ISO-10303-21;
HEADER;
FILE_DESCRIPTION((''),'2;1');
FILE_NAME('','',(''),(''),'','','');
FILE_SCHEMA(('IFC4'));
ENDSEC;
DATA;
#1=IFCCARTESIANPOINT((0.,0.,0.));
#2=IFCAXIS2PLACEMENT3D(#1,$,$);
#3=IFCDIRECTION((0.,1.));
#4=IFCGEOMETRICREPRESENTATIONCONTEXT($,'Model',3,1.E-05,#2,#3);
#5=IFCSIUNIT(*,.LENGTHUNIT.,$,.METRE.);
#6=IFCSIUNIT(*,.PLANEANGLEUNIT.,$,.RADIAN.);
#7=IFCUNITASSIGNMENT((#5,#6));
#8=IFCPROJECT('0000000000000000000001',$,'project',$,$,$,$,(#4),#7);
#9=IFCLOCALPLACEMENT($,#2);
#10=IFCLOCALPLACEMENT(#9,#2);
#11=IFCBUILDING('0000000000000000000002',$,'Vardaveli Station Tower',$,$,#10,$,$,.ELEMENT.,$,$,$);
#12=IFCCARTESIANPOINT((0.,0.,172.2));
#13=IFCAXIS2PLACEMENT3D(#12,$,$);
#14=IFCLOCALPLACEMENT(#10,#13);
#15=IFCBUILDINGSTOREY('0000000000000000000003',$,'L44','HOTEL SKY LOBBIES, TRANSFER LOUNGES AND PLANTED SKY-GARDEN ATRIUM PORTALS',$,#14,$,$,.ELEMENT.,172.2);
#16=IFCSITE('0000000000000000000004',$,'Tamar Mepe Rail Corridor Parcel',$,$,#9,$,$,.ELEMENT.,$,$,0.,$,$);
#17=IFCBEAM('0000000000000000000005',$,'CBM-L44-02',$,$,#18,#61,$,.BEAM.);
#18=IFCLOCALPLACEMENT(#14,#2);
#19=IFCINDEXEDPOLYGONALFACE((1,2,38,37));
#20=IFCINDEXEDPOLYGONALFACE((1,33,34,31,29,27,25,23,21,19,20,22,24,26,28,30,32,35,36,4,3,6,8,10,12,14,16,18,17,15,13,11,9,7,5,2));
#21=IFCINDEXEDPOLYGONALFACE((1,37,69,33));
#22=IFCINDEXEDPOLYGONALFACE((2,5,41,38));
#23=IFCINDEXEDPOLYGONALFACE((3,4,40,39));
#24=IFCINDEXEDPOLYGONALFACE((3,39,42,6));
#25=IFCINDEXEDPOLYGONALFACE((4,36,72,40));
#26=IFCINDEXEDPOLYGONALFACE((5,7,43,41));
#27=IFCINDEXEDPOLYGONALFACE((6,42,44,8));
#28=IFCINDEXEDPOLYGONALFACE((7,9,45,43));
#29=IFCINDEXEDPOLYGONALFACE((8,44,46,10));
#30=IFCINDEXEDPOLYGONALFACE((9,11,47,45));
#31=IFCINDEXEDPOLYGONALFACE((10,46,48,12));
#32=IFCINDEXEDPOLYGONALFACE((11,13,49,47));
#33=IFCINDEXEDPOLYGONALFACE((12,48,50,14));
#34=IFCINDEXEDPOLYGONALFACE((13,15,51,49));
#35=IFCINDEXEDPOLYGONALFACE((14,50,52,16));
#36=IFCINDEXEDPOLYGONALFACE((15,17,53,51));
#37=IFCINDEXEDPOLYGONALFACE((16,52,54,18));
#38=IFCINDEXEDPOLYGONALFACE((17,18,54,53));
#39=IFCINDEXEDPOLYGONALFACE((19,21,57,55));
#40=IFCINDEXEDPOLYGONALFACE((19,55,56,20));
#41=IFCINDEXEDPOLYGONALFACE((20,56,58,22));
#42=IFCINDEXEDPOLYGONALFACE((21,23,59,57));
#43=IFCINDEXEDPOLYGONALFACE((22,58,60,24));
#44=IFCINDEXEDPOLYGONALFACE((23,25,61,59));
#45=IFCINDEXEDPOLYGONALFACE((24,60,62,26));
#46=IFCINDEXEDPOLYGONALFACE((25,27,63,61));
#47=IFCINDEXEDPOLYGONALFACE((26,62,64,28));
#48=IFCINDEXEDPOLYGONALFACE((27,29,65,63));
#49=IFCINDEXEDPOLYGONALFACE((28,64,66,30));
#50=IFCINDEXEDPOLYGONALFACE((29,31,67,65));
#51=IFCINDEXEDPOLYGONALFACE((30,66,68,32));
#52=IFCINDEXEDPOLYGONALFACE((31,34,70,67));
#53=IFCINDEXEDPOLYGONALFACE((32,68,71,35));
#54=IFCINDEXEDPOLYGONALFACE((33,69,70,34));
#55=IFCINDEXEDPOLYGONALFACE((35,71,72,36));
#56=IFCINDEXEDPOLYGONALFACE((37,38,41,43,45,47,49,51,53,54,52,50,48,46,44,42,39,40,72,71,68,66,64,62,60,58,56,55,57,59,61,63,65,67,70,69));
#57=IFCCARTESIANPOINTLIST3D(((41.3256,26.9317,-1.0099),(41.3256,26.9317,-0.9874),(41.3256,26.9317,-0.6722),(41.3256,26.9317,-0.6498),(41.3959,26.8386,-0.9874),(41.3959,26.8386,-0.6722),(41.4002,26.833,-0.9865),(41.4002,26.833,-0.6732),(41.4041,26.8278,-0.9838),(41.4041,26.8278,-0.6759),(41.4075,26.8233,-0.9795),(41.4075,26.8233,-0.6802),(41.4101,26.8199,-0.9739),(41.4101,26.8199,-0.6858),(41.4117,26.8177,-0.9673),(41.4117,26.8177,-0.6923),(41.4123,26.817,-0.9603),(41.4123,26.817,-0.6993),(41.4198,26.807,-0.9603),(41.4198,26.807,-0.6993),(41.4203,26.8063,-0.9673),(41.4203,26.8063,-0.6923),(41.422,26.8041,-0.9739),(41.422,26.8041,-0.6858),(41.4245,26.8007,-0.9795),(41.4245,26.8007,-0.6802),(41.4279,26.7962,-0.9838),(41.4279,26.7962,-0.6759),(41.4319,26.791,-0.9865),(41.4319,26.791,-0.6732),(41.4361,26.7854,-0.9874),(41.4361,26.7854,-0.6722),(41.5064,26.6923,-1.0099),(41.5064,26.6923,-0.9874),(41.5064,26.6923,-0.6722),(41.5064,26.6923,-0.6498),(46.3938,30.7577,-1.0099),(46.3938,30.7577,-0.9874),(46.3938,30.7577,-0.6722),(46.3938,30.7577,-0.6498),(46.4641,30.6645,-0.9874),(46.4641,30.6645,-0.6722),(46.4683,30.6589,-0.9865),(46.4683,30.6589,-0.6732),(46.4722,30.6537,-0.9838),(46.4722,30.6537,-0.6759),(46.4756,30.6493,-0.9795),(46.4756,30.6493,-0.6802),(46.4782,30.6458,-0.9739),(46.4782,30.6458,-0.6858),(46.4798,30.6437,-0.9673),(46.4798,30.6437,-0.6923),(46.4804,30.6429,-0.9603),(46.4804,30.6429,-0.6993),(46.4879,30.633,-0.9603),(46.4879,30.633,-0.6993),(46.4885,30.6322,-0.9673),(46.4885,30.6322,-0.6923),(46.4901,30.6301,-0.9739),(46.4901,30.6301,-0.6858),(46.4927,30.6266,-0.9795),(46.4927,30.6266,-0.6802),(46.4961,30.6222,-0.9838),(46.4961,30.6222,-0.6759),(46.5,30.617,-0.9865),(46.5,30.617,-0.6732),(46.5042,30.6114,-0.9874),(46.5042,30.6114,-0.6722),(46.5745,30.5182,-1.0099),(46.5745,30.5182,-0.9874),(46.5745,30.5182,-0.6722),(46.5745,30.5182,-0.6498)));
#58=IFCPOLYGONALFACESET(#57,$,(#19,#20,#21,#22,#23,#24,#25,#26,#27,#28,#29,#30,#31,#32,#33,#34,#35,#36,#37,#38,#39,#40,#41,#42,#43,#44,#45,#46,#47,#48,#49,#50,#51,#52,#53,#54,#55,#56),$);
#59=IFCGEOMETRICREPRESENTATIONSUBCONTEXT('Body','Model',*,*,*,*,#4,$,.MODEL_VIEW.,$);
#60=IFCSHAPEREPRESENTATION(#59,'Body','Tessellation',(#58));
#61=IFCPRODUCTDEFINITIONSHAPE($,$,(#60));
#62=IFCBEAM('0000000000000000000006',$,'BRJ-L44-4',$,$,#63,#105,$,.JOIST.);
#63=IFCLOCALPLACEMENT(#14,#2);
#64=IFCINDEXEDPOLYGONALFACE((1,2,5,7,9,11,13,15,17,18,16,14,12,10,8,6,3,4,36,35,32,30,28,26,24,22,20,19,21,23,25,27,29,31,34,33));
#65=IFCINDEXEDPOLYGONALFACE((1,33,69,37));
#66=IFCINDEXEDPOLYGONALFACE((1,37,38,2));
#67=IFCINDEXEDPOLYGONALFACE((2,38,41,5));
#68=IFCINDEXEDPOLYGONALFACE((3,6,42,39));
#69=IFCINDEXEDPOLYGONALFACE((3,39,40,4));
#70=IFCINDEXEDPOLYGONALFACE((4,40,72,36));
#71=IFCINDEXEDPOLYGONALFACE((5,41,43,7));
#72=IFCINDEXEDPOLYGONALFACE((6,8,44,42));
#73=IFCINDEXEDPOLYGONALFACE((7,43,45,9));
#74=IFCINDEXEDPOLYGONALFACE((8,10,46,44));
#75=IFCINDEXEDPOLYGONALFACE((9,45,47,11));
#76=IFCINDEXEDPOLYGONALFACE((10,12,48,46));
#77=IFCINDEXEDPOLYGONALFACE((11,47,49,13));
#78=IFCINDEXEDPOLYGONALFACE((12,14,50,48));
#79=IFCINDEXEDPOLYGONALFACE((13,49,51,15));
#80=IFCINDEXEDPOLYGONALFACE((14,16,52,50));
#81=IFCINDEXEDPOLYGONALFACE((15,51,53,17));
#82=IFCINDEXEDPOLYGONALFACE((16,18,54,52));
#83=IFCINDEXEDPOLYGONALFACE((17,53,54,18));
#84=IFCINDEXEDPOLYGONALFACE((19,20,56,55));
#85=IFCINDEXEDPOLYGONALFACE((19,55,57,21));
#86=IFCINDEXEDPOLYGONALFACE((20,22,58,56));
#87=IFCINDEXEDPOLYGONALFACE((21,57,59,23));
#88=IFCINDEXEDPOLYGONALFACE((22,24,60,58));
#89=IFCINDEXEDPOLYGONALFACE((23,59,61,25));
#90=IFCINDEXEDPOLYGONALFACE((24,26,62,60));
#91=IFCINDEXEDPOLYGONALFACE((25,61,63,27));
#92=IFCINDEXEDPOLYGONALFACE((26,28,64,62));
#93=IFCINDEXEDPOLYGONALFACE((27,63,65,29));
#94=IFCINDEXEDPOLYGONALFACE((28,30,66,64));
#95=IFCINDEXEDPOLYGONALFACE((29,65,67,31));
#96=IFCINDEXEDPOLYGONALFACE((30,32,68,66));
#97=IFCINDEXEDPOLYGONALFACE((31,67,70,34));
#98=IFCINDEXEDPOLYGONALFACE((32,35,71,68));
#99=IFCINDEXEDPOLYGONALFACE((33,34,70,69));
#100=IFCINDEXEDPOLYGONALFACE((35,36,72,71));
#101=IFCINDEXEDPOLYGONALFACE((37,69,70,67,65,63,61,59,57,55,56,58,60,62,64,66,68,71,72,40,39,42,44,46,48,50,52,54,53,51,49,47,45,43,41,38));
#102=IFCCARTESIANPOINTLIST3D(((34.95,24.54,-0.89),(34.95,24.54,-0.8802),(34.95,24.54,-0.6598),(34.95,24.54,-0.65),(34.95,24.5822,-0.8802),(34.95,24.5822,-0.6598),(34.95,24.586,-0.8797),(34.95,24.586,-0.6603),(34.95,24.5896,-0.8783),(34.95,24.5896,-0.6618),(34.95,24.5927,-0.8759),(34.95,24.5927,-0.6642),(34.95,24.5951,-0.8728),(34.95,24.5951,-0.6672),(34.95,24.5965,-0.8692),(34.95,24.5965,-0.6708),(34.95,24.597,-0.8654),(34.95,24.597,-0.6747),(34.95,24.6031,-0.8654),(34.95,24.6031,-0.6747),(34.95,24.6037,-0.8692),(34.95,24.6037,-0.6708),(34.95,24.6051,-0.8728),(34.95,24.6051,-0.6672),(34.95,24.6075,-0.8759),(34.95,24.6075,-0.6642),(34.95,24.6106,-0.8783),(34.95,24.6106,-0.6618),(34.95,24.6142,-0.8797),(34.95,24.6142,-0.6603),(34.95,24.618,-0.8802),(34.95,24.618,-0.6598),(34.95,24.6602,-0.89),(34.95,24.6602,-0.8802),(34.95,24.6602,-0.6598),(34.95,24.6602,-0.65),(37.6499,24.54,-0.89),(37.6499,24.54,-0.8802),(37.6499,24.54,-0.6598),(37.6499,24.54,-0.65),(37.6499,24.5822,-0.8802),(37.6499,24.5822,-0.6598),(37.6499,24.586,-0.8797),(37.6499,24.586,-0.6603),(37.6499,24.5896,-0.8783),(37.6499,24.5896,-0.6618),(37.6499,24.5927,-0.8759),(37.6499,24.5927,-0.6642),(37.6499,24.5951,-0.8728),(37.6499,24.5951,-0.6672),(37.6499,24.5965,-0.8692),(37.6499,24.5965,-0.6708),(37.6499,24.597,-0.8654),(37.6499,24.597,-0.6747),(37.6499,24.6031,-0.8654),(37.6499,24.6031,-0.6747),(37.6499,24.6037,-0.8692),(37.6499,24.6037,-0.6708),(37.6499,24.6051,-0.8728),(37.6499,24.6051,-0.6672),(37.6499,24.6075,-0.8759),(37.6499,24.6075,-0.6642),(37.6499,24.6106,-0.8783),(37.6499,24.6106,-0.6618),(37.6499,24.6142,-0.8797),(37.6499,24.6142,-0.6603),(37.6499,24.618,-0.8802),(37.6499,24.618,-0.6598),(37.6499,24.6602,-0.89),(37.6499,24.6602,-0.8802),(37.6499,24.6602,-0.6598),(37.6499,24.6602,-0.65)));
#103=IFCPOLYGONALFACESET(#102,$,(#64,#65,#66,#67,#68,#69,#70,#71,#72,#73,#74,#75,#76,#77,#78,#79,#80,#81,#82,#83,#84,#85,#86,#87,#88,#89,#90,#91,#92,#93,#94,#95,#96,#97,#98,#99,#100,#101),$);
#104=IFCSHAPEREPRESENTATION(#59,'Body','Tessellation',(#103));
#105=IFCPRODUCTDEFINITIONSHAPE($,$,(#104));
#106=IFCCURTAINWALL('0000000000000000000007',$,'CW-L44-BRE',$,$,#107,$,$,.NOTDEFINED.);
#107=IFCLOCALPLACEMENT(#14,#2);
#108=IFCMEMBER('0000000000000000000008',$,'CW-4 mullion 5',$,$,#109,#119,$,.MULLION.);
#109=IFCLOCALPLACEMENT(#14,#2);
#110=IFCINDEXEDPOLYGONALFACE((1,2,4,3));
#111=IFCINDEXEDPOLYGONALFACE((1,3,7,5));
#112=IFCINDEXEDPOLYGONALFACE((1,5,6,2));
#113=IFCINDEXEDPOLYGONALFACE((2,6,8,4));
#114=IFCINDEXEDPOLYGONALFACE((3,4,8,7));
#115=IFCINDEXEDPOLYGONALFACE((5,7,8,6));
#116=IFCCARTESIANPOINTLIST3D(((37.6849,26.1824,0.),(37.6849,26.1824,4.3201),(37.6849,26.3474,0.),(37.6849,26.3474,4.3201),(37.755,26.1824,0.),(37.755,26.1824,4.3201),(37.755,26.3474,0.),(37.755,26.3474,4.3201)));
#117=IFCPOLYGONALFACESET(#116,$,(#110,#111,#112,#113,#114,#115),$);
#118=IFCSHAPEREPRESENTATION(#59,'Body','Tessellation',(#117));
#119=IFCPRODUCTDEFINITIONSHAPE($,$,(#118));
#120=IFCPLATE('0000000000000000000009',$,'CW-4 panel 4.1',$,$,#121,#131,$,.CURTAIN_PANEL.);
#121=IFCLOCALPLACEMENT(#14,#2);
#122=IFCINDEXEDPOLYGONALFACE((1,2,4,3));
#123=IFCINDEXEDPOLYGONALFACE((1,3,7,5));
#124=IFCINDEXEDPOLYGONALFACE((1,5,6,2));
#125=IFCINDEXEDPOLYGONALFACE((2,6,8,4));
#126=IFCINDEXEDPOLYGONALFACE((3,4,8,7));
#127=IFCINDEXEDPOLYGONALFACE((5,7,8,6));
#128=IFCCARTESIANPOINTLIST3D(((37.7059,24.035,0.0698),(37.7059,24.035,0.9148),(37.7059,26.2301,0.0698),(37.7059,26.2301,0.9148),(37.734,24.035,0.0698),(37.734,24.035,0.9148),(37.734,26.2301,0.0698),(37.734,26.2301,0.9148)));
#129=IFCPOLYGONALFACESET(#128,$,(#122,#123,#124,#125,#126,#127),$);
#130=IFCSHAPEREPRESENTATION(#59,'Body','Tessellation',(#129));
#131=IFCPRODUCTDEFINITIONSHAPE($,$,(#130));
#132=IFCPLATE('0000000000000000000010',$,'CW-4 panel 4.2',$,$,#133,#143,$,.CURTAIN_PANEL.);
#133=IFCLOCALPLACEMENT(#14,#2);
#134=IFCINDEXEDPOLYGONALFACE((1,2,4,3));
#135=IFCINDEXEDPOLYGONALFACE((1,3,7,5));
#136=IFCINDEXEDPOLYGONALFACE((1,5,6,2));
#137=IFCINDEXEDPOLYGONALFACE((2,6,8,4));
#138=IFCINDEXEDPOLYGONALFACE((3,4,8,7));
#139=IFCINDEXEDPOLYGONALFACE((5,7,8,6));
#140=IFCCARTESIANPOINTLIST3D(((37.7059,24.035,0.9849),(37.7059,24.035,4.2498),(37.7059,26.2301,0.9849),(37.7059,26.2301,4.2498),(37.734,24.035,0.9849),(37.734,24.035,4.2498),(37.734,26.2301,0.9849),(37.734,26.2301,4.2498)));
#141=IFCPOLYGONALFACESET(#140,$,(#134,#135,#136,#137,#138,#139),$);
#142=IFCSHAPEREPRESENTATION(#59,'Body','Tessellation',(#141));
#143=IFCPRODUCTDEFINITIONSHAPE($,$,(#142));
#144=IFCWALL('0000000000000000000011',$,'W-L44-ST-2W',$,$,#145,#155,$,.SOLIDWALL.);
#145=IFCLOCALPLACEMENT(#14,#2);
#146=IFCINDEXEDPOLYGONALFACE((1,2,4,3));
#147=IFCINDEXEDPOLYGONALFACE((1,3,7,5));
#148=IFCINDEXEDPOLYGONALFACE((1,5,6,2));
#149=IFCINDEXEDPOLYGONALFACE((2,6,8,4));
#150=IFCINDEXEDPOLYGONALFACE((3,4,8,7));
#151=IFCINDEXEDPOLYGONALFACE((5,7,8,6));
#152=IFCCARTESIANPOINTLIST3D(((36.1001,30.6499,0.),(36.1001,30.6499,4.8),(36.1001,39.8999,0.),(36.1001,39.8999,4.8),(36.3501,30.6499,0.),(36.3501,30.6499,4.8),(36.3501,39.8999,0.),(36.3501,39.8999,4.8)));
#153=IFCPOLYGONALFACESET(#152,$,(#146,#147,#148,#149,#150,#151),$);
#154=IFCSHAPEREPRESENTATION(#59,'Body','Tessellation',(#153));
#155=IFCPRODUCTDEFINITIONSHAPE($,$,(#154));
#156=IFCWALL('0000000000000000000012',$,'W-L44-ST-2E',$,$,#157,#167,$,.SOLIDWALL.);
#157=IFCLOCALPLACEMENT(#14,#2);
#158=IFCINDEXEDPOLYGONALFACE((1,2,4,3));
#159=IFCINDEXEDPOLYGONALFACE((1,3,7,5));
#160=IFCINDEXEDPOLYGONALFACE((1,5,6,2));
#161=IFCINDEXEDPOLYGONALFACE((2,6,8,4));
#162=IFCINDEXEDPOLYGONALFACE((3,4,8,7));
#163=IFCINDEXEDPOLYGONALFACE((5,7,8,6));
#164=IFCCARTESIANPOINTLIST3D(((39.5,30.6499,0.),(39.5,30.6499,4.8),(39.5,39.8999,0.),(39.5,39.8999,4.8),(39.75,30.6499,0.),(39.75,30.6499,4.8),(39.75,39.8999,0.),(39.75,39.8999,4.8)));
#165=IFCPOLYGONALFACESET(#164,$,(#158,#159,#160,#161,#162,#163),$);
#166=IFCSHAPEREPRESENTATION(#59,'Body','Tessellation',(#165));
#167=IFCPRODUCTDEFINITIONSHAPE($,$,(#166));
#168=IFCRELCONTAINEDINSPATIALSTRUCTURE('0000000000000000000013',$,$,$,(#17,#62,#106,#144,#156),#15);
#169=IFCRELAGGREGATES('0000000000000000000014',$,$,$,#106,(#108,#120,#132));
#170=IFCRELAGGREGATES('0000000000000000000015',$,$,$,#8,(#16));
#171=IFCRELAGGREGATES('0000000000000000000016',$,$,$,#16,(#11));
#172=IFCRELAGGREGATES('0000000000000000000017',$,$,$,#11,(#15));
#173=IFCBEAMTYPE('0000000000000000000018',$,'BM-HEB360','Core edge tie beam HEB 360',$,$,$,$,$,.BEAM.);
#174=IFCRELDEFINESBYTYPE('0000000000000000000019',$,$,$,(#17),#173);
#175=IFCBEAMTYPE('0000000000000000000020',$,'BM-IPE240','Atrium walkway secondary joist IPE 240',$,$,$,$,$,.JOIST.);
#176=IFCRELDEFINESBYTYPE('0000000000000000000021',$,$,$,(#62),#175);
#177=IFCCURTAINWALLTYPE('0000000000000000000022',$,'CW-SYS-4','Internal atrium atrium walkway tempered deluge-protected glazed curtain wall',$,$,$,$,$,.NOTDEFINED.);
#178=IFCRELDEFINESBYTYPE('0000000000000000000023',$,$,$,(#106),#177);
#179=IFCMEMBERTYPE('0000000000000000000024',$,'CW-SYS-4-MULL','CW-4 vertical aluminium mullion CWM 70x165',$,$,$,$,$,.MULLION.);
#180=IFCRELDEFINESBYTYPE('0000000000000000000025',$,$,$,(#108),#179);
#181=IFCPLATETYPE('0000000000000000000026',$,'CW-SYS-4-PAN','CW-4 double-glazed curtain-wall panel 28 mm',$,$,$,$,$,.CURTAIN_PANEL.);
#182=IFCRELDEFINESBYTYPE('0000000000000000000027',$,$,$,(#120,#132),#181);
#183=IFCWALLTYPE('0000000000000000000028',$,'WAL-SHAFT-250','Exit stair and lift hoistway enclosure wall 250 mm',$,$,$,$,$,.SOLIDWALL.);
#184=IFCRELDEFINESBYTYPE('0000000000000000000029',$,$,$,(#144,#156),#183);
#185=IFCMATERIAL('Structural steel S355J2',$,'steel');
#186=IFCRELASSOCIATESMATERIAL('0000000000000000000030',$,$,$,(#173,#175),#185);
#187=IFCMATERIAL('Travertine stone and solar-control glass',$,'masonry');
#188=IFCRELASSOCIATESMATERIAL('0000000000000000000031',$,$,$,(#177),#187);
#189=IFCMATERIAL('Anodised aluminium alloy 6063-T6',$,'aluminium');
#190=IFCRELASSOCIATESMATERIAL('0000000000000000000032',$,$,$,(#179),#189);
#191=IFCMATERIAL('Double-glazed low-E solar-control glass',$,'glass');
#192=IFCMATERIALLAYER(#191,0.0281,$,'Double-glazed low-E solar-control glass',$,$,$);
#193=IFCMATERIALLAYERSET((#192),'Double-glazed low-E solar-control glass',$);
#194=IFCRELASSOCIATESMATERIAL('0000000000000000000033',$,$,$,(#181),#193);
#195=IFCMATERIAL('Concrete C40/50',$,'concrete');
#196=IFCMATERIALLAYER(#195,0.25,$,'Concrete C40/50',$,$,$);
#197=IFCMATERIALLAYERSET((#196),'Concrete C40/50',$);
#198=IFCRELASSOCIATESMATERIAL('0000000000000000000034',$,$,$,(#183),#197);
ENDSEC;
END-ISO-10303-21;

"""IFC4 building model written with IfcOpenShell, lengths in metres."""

from ifc_helpers import new_model, si_unit, direction, frame, frame_2d, origin, origin_2d, place, context, subcontext, project, spatial, rectangle, i_section, extrude, source, transform, mapped, material, layer, layer_set, material_profile, profile_set, type_object, element, aggregate, save


model = new_model("IFC4")

# Units and contexts
model_context = context("Model", 3, precision=1e-05, world=origin(), true_north=direction((0.0, 1.0)))
body_context = subcontext(model_context, "Body", "Model", "MODEL_VIEW")
ifc_project = project(units=[si_unit("LENGTHUNIT", "METRE"), si_unit("PLANEANGLEUNIT", "RADIAN")], contexts=[model_context])

# Site, building, storey
site_placement = place(None, origin())
site = spatial("IfcSite", under=ifc_project, at=site_placement, Name="Tamar Mepe Rail Corridor Parcel", CompositionType="ELEMENT", RefElevation=0.0)
building_placement = place(site_placement, origin())
building = spatial("IfcBuilding", under=site, at=building_placement, Name="Vardaveli Station Tower", CompositionType="ELEMENT")
storey_placement = place(building_placement, frame((0.0, 0.0, 172.2)))
storey = spatial("IfcBuildingStorey", under=building, at=storey_placement, Name="L44", Description="HOTEL SKY LOBBIES, TRANSFER LOUNGES AND PLANTED SKY-GARDEN ATRIUM PORTALS", CompositionType="ELEMENT", Elevation=172.2)

# Beams
ifc_material_1 = material(Name="Structural steel S355J2", Category="steel")
ifc_material_profile_1 = material_profile(ifc_material_1, i_section(OverallWidth=0.3, OverallDepth=0.3601, WebThickness=0.0125, FlangeThickness=0.0225, FilletRadius=0.0271, at=origin_2d()), Name="HEB 360")
ifc_profile_set_1 = profile_set([ifc_material_profile_1], Name="Structural steel S355J2")
beam_type_1 = type_object("IfcBeamType", Name="BM-HEB360", Description="Core edge tie beam HEB 360", PredefinedType="BEAM", material=ifc_profile_set_1)
shared_shape_1 = source(origin(), body_context, "Body", "SweptSolid", [
    extrude(i_section(OverallWidth=0.3, OverallDepth=0.3601, WebThickness=0.0125, FlangeThickness=0.0225, FilletRadius=0.0271, at=origin_2d()), origin(), (0.0, 0.0, 1.0), 6.3501),
])
beam_1_placement = place(storey_placement, frame((41.416, 26.812, -0.8298), z_axis=(0.798118, 0.602501, 0.0), x_axis=(-0.602501, 0.798118, 0.0)))
element("IfcBeam", 1, at=beam_1_placement, inside=storey, type_object=beam_type_1, Name="CBM-L44-02", PredefinedType="BEAM", context=body_context, shape_type="MappedRepresentation", body=[
    mapped(shared_shape_1, transform((0.0, 0.0, 0.0), scale=1.0)),
])
ifc_material_profile_2 = material_profile(ifc_material_1, i_section(OverallWidth=0.1201, OverallDepth=0.24, WebThickness=0.0061, FlangeThickness=0.0098, FilletRadius=0.0149, at=origin_2d()), Name="IPE 240")
ifc_profile_set_2 = profile_set([ifc_material_profile_2], Name="Structural steel S355J2")
beam_type_2 = type_object("IfcBeamType", Name="BM-IPE240", Description="Atrium walkway secondary joist IPE 240", PredefinedType="JOIST", material=ifc_profile_set_2)
shared_shape_2 = source(origin(), body_context, "Body", "SweptSolid", [
    extrude(i_section(OverallWidth=0.1201, OverallDepth=0.24, WebThickness=0.0061, FlangeThickness=0.0098, FilletRadius=0.0149, at=origin_2d()), origin(), (0.0, 0.0, 1.0), 2.7),
])
beam_2_placement = place(storey_placement, frame((34.95, 24.6001, -0.77), z_axis=(1.0, 0.0, 0.0), x_axis=(0.0, 1.0, 0.0)))
element("IfcBeam", 2, at=beam_2_placement, inside=storey, type_object=beam_type_2, Name="BRJ-L44-4", PredefinedType="JOIST", context=body_context, shape_type="MappedRepresentation", body=[
    mapped(shared_shape_2, transform((0.0, 0.0, 0.0), scale=1.0)),
])

# Curtain wall, member, plates
ifc_material_2 = material(Name="Travertine stone and solar-control glass", Category="masonry")
curtain_wall_type = type_object("IfcCurtainWallType", Name="CW-SYS-4", Description="Internal atrium atrium walkway tempered deluge-protected glazed curtain wall", PredefinedType="NOTDEFINED", material=ifc_material_2)
curtain_wall_placement = place(storey_placement, origin())
curtain_wall = element("IfcCurtainWall", 3, at=curtain_wall_placement, inside=storey, type_object=curtain_wall_type, Name="CW-L44-BRE", PredefinedType="NOTDEFINED")
ifc_material_3 = material(Name="Anodised aluminium alloy 6063-T6", Category="aluminium")
ifc_material_profile_3 = material_profile(ifc_material_3, rectangle(XDim=0.0701, YDim=0.165, at=origin_2d()), Name="CWM 70x165")
ifc_profile_set_3 = profile_set([ifc_material_profile_3], Name="Anodised aluminium alloy 6063-T6")
member_type = type_object("IfcMemberType", Name="CW-SYS-4-MULL", Description="CW-4 vertical aluminium mullion CWM 70x165", PredefinedType="MULLION", material=ifc_profile_set_3)
shared_shape_3 = source(origin(), body_context, "Body", "SweptSolid", [
    extrude(rectangle(XDim=0.0701, YDim=0.165, at=origin_2d()), origin(), (0.0, 0.0, 1.0), 4.3201),
])
member_placement = place(storey_placement, frame((37.72, 26.2649, 0.0), z_axis=(0.0, 0.0, 1.0), x_axis=(-1.0, 0.0, 0.0)))
member = element("IfcMember", 4, at=member_placement, type_object=member_type, Name="CW-4 mullion 5", PredefinedType="MULLION", context=body_context, shape_type="MappedRepresentation", body=[
    mapped(shared_shape_3, transform((0.0, 0.0, 0.0), scale=1.0)),
])
ifc_material_4 = material(Name="Double-glazed low-E solar-control glass", Category="glass")
ifc_layer_1 = layer(ifc_material_4, 0.0281, Name="Double-glazed low-E solar-control glass")
ifc_layer_set_1 = layer_set([ifc_layer_1], Name="Double-glazed low-E solar-control glass")
plate_type = type_object("IfcPlateType", Name="CW-SYS-4-PAN", Description="CW-4 double-glazed curtain-wall panel 28 mm", PredefinedType="CURTAIN_PANEL", material=ifc_layer_set_1)
shared_shape_4 = source(origin(), body_context, "Body", "SweptSolid", [
    extrude(rectangle(XDim=2.1951, YDim=0.0281, at=origin_2d()), origin(), (0.0, 0.0, 1.0), 0.845),
])
plate_1_placement = place(storey_placement, frame((37.72, 25.1326, 0.0698), z_axis=(0.0, 0.0, 1.0), x_axis=(0.0, 1.0, 0.0)))
plate_1 = element("IfcPlate", 5, at=plate_1_placement, type_object=plate_type, Name="CW-4 panel 4.1", PredefinedType="CURTAIN_PANEL", context=body_context, shape_type="MappedRepresentation", body=[
    mapped(shared_shape_4, transform((0.0, 0.0, 0.0), scale=1.0)),
])
shared_shape_5 = source(origin(), body_context, "Body", "SweptSolid", [
    extrude(rectangle(XDim=2.1951, YDim=0.0281, at=origin_2d()), origin(), (0.0, 0.0, 1.0), 3.2649),
])
plate_2_placement = place(storey_placement, frame((37.72, 25.1326, 0.9849), z_axis=(0.0, 0.0, 1.0), x_axis=(0.0, 1.0, 0.0)))
plate_2 = element("IfcPlate", 6, at=plate_2_placement, type_object=plate_type, Name="CW-4 panel 4.2", PredefinedType="CURTAIN_PANEL", context=body_context, shape_type="MappedRepresentation", body=[
    mapped(shared_shape_5, transform((0.0, 0.0, 0.0), scale=1.0)),
])
aggregate(curtain_wall, [member, plate_1, plate_2])

# Walls
ifc_material_5 = material(Name="Concrete C40/50", Category="concrete")
ifc_layer_2 = layer(ifc_material_5, 0.25, Name="Concrete C40/50")
ifc_layer_set_2 = layer_set([ifc_layer_2], Name="Concrete C40/50")
wall_type_1 = type_object("IfcWallType", Name="WAL-SHAFT-250", Description="Exit stair and lift hoistway enclosure wall 250 mm", PredefinedType="SOLIDWALL", material=ifc_layer_set_2)
shared_shape_6 = source(origin(), body_context, "Body", "SweptSolid", [
    extrude(rectangle(XDim=9.25, YDim=0.25, at=frame_2d((4.625, 0.0))), origin(), (0.0, 0.0, 1.0), 4.8),
])
for number, where, z_axis, x_axis, name in (
    (7, (36.2251, 30.6499, 0.0), (0.0, 0.0, 1.0), (0.0, 1.0, 0.0), "W-L44-ST-2W"),
    (8, (39.625, 30.6499, 0.0), (0.0, 0.0, 1.0), (0.0, 1.0, 0.0), "W-L44-ST-2E"),
):
    element("IfcWall", number, at=place(storey_placement, frame(where, z_axis=z_axis, x_axis=x_axis)), inside=storey, type_object=wall_type_1, Name=name, PredefinedType="SOLIDWALL", context=body_context, shape_type="MappedRepresentation", body=[
        mapped(shared_shape_6, transform((0.0, 0.0, 0.0), scale=1.0)),
    ])

save(model, "model.ifc")
